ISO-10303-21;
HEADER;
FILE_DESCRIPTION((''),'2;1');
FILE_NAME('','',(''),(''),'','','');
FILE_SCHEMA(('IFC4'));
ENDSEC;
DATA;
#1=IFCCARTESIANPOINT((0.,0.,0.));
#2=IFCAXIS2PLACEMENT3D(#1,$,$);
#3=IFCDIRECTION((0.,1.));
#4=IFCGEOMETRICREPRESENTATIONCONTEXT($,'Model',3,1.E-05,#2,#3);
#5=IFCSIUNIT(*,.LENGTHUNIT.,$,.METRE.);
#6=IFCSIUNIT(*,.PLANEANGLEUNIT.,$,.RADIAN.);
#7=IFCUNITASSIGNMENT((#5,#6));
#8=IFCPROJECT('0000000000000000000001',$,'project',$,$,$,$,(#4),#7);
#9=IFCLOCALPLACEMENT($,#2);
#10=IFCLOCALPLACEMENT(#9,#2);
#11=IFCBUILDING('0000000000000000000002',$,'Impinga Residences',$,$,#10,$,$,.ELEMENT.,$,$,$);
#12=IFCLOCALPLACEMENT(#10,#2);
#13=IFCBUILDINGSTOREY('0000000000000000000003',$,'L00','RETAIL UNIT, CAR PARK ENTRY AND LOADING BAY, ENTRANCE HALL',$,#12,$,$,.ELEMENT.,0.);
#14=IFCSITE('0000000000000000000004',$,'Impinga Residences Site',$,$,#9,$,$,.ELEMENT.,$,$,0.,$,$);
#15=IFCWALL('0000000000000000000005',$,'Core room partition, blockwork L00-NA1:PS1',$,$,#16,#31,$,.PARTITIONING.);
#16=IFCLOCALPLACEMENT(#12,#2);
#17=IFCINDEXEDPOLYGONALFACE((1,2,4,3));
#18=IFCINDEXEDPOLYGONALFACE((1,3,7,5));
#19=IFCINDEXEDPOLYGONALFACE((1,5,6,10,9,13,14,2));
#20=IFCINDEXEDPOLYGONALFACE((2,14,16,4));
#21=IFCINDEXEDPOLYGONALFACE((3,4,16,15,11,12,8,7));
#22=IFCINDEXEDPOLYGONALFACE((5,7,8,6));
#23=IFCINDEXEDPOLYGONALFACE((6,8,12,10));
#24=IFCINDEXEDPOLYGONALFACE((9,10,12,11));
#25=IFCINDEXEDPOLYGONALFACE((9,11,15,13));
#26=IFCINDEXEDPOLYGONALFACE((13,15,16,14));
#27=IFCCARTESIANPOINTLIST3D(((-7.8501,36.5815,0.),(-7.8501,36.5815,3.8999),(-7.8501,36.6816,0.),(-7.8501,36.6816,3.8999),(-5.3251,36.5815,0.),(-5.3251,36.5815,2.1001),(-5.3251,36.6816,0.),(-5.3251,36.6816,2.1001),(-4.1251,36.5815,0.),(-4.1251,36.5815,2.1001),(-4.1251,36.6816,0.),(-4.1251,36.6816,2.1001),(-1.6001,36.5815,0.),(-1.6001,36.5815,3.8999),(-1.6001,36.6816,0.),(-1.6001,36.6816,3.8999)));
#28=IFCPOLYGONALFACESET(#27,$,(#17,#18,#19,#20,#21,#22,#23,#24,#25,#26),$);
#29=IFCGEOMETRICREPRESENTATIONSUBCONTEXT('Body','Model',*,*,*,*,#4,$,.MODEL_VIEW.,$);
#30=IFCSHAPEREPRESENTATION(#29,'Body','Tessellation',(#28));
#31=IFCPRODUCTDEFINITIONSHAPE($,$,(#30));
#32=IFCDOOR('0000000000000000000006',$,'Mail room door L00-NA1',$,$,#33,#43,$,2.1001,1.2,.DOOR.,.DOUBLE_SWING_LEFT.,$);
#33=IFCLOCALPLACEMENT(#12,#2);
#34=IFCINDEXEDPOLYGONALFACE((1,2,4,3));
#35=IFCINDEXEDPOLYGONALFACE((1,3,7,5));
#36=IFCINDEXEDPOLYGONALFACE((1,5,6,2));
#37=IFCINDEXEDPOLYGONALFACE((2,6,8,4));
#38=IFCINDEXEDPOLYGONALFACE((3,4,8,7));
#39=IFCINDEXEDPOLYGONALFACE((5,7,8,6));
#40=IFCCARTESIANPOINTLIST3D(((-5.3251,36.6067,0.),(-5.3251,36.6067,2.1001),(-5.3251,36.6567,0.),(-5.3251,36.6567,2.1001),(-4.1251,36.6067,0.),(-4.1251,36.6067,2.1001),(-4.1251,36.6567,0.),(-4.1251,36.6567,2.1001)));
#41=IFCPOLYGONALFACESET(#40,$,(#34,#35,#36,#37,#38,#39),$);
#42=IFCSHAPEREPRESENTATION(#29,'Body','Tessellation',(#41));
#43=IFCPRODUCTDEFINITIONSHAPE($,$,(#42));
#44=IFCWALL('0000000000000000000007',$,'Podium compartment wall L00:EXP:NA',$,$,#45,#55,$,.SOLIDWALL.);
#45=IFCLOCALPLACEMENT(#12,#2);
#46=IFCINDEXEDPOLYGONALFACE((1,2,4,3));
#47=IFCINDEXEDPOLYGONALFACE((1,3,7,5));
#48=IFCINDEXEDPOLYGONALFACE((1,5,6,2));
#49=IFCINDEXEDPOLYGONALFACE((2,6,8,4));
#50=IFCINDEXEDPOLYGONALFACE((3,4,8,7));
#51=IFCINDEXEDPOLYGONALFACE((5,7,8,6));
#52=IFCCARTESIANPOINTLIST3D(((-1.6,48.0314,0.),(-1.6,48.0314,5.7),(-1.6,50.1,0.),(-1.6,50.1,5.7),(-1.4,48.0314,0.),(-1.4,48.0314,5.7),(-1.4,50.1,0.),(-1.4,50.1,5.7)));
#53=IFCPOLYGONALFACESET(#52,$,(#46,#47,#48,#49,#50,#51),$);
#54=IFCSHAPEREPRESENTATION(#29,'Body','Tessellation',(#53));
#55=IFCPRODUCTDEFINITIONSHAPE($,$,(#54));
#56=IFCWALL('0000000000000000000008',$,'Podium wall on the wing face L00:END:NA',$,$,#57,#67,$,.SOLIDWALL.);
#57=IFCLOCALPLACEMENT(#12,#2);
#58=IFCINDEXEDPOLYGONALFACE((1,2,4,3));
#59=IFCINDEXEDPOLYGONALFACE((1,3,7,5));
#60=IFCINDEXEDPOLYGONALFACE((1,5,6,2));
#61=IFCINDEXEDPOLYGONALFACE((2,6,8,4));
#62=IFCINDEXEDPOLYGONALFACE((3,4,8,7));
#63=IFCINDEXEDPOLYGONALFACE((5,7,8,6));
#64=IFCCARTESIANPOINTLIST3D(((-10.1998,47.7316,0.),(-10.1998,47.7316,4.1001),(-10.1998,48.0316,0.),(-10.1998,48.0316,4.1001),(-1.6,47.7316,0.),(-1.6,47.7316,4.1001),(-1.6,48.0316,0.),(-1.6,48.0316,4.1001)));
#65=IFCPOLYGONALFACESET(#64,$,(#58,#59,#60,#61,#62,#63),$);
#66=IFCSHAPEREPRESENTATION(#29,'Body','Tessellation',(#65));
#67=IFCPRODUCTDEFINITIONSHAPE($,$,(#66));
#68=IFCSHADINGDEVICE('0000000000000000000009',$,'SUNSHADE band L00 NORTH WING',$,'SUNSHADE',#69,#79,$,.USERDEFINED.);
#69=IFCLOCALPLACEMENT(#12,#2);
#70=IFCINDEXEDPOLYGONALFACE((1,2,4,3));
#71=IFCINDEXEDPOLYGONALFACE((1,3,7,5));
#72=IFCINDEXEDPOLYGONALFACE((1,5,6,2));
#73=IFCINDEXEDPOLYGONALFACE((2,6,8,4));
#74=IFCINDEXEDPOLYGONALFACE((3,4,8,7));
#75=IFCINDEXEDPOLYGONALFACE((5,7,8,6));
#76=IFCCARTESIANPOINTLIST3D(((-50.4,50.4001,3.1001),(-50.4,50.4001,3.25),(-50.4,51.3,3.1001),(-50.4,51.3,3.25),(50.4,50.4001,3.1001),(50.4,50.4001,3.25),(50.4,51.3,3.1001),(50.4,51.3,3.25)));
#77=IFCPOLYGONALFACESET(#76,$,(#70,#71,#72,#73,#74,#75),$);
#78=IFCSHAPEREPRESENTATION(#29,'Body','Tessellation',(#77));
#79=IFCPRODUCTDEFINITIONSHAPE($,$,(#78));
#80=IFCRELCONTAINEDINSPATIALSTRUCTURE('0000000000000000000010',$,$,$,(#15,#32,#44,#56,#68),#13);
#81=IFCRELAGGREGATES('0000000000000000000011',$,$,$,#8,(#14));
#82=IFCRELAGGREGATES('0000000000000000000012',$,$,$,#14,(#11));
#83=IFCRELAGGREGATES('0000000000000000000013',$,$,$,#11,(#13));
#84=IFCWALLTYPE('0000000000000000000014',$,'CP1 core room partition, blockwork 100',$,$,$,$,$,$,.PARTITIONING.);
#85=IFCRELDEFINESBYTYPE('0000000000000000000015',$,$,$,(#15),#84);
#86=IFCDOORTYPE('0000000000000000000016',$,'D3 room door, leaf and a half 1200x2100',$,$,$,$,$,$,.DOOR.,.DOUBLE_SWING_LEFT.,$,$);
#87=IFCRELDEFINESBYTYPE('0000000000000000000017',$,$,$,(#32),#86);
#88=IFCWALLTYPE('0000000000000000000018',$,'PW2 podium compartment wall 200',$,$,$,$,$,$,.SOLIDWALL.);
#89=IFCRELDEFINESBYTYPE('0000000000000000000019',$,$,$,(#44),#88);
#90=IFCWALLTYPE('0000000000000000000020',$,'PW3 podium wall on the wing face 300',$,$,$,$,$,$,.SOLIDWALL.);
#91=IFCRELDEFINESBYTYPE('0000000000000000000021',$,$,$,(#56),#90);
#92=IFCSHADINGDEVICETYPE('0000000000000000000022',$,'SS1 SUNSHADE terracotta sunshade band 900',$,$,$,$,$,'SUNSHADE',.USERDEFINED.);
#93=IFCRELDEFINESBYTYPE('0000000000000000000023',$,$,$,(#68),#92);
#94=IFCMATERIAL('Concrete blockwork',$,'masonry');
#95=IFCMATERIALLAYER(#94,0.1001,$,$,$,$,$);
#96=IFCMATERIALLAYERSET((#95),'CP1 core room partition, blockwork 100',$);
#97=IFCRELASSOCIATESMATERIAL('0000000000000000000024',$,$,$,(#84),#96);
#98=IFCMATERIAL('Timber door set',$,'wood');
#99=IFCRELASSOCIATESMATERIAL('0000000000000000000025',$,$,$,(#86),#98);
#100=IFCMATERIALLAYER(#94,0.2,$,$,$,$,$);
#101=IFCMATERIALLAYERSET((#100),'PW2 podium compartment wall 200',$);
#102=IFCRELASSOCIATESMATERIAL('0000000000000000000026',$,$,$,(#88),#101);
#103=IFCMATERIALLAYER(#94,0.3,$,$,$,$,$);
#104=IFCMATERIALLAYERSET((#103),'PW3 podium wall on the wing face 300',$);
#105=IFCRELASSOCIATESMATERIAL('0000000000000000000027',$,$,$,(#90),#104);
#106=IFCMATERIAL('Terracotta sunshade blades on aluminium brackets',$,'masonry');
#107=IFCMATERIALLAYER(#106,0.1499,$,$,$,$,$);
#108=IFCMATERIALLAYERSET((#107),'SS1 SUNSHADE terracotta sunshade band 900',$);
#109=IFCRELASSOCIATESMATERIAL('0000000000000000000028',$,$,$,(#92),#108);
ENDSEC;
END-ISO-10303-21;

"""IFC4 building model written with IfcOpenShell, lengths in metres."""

from ifc_helpers import new_model, si_unit, direction, frame, frame_2d, origin, origin_2d, place, context, subcontext, project, spatial, rectangle, extrude, material, layer, layer_set, type_object, element, fill, save


model = new_model("IFC4")

# Units and contexts
model_context = context("Model", 3, precision=1e-05, world=origin(), true_north=direction((0.0, 1.0)))
body_context = subcontext(model_context, "Body", "Model", "MODEL_VIEW")
ifc_project = project(units=[si_unit("LENGTHUNIT", "METRE"), si_unit("PLANEANGLEUNIT", "RADIAN")], contexts=[model_context])

# Site, building, storey
site_placement = place(None, origin())
site = spatial("IfcSite", under=ifc_project, at=site_placement, Name="Impinga Residences Site", CompositionType="ELEMENT", RefElevation=0.0)
building_placement = place(site_placement, origin())
building = spatial("IfcBuilding", under=site, at=building_placement, Name="Impinga Residences", CompositionType="ELEMENT")
storey_placement = place(building_placement, origin())
storey = spatial("IfcBuildingStorey", under=building, at=storey_placement, Name="L00", Description="RETAIL UNIT, CAR PARK ENTRY AND LOADING BAY, ENTRANCE HALL", CompositionType="ELEMENT", Elevation=0.0)

# Wall, opening, door
ifc_material_1 = material(Name="Concrete blockwork", Category="masonry")
ifc_layer_1 = layer(ifc_material_1, 0.1001)
ifc_layer_set_1 = layer_set([ifc_layer_1], Name="CP1 core room partition, blockwork 100")
wall_type_1 = type_object("IfcWallType", Name="CP1 core room partition, blockwork 100", PredefinedType="PARTITIONING", material=ifc_layer_set_1)
wall_1_placement = place(storey_placement, frame((-1.6001, 36.6316, 0.0), z_axis=(0.0, 0.0, 1.0), x_axis=(-1.0, 0.0, 0.0)))
wall_1 = element("IfcWall", 1, at=wall_1_placement, inside=storey, type_object=wall_type_1, Name="Core room partition, blockwork L00-NA1:PS1", PredefinedType="PARTITIONING", context=body_context, shape_type="SweptSolid", body=[
    extrude(rectangle(XDim=6.25, YDim=0.1001, at=frame_2d((3.125, 0.0))), origin(), (0.0, 0.0, 1.0), 3.8999),
])
opening_placement = place(wall_1_placement, frame((2.5249, 0.0, 0.0)))
opening = element("IfcOpeningElement", 2, at=opening_placement, cuts=wall_1, PredefinedType="OPENING", context=body_context, shape_type="SweptSolid", body=[
    extrude(rectangle(XDim=1.2, YDim=2.1001, at=frame_2d((0.6001, 1.05))), frame((0.0, 0.0601, 0.0), z_axis=(0.0, -1.0, 0.0), x_axis=(1.0, 0.0, 0.0)), (0.0, 0.0, 1.0), 0.1201),
])
ifc_material_2 = material(Name="Timber door set", Category="wood")
door_type = type_object("IfcDoorType", Name="D3 room door, leaf and a half 1200x2100", OperationType="DOUBLE_SWING_LEFT", PredefinedType="DOOR", material=ifc_material_2)
door_placement = place(opening_placement, origin())
door = element("IfcDoor", 3, at=door_placement, inside=storey, type_object=door_type, Name="Mail room door L00-NA1", OperationType="DOUBLE_SWING_LEFT", OverallHeight=2.1001, OverallWidth=1.2, PredefinedType="DOOR", context=body_context, shape_type="SweptSolid", body=[
    extrude(rectangle(XDim=1.2, YDim=2.1001, at=frame_2d((0.6001, 1.05))), frame((0.0, 0.0249, 0.0), z_axis=(0.0, -1.0, 0.0), x_axis=(1.0, 0.0, 0.0)), (0.0, 0.0, 1.0), 0.05),
])
fill(opening, door)

# Walls
ifc_layer_2 = layer(ifc_material_1, 0.2)
ifc_layer_set_2 = layer_set([ifc_layer_2], Name="PW2 podium compartment wall 200")
wall_type_2 = type_object("IfcWallType", Name="PW2 podium compartment wall 200", PredefinedType="SOLIDWALL", material=ifc_layer_set_2)
wall_2_placement = place(storey_placement, frame((-1.5, 48.0315, 0.0), z_axis=(0.0, 0.0, 1.0), x_axis=(0.0, 1.0, 0.0)))
element("IfcWall", 4, at=wall_2_placement, inside=storey, type_object=wall_type_2, Name="Podium compartment wall L00:EXP:NA", PredefinedType="SOLIDWALL", context=body_context, shape_type="SweptSolid", body=[
    extrude(rectangle(XDim=2.0686, YDim=0.2, at=frame_2d((1.0342, 0.0))), origin(), (0.0, 0.0, 1.0), 5.7),
])
ifc_layer_3 = layer(ifc_material_1, 0.3)
ifc_layer_set_3 = layer_set([ifc_layer_3], Name="PW3 podium wall on the wing face 300")
wall_type_3 = type_object("IfcWallType", Name="PW3 podium wall on the wing face 300", PredefinedType="SOLIDWALL", material=ifc_layer_set_3)
wall_3_placement = place(storey_placement, frame((-1.6001, 47.8816, 0.0), z_axis=(0.0, 0.0, 1.0), x_axis=(-1.0, 0.0, 0.0)))
element("IfcWall", 5, at=wall_3_placement, inside=storey, type_object=wall_type_3, Name="Podium wall on the wing face L00:END:NA", PredefinedType="SOLIDWALL", context=body_context, shape_type="SweptSolid", body=[
    extrude(rectangle(XDim=8.5999, YDim=0.3, at=frame_2d((4.2998, 0.0))), origin(), (0.0, 0.0, 1.0), 4.1001),
])

# Shading device
ifc_material_3 = material(Name="Terracotta sunshade blades on aluminium brackets", Category="masonry")
ifc_layer_4 = layer(ifc_material_3, 0.1499)
ifc_layer_set_4 = layer_set([ifc_layer_4], Name="SS1 SUNSHADE terracotta sunshade band 900")
shading_device_type = type_object("IfcShadingDeviceType", Name="SS1 SUNSHADE terracotta sunshade band 900", ElementType="SUNSHADE", PredefinedType="USERDEFINED", material=ifc_layer_set_4)
shading_device_placement = place(storey_placement, frame((0.0, 50.8501, 3.1001), z_axis=(0.0, 0.0, 1.0), x_axis=(1.0, 0.0, 0.0)))
element("IfcShadingDevice", 6, at=shading_device_placement, inside=storey, type_object=shading_device_type, Name="SUNSHADE band L00 NORTH WING", ObjectType="SUNSHADE", PredefinedType="USERDEFINED", context=body_context, shape_type="SweptSolid", body=[
    extrude(rectangle(XDim=100.8, YDim=0.8999, at=origin_2d()), origin(), (0.0, 0.0, 1.0), 0.1499),
])

save(model, "model.ifc")
